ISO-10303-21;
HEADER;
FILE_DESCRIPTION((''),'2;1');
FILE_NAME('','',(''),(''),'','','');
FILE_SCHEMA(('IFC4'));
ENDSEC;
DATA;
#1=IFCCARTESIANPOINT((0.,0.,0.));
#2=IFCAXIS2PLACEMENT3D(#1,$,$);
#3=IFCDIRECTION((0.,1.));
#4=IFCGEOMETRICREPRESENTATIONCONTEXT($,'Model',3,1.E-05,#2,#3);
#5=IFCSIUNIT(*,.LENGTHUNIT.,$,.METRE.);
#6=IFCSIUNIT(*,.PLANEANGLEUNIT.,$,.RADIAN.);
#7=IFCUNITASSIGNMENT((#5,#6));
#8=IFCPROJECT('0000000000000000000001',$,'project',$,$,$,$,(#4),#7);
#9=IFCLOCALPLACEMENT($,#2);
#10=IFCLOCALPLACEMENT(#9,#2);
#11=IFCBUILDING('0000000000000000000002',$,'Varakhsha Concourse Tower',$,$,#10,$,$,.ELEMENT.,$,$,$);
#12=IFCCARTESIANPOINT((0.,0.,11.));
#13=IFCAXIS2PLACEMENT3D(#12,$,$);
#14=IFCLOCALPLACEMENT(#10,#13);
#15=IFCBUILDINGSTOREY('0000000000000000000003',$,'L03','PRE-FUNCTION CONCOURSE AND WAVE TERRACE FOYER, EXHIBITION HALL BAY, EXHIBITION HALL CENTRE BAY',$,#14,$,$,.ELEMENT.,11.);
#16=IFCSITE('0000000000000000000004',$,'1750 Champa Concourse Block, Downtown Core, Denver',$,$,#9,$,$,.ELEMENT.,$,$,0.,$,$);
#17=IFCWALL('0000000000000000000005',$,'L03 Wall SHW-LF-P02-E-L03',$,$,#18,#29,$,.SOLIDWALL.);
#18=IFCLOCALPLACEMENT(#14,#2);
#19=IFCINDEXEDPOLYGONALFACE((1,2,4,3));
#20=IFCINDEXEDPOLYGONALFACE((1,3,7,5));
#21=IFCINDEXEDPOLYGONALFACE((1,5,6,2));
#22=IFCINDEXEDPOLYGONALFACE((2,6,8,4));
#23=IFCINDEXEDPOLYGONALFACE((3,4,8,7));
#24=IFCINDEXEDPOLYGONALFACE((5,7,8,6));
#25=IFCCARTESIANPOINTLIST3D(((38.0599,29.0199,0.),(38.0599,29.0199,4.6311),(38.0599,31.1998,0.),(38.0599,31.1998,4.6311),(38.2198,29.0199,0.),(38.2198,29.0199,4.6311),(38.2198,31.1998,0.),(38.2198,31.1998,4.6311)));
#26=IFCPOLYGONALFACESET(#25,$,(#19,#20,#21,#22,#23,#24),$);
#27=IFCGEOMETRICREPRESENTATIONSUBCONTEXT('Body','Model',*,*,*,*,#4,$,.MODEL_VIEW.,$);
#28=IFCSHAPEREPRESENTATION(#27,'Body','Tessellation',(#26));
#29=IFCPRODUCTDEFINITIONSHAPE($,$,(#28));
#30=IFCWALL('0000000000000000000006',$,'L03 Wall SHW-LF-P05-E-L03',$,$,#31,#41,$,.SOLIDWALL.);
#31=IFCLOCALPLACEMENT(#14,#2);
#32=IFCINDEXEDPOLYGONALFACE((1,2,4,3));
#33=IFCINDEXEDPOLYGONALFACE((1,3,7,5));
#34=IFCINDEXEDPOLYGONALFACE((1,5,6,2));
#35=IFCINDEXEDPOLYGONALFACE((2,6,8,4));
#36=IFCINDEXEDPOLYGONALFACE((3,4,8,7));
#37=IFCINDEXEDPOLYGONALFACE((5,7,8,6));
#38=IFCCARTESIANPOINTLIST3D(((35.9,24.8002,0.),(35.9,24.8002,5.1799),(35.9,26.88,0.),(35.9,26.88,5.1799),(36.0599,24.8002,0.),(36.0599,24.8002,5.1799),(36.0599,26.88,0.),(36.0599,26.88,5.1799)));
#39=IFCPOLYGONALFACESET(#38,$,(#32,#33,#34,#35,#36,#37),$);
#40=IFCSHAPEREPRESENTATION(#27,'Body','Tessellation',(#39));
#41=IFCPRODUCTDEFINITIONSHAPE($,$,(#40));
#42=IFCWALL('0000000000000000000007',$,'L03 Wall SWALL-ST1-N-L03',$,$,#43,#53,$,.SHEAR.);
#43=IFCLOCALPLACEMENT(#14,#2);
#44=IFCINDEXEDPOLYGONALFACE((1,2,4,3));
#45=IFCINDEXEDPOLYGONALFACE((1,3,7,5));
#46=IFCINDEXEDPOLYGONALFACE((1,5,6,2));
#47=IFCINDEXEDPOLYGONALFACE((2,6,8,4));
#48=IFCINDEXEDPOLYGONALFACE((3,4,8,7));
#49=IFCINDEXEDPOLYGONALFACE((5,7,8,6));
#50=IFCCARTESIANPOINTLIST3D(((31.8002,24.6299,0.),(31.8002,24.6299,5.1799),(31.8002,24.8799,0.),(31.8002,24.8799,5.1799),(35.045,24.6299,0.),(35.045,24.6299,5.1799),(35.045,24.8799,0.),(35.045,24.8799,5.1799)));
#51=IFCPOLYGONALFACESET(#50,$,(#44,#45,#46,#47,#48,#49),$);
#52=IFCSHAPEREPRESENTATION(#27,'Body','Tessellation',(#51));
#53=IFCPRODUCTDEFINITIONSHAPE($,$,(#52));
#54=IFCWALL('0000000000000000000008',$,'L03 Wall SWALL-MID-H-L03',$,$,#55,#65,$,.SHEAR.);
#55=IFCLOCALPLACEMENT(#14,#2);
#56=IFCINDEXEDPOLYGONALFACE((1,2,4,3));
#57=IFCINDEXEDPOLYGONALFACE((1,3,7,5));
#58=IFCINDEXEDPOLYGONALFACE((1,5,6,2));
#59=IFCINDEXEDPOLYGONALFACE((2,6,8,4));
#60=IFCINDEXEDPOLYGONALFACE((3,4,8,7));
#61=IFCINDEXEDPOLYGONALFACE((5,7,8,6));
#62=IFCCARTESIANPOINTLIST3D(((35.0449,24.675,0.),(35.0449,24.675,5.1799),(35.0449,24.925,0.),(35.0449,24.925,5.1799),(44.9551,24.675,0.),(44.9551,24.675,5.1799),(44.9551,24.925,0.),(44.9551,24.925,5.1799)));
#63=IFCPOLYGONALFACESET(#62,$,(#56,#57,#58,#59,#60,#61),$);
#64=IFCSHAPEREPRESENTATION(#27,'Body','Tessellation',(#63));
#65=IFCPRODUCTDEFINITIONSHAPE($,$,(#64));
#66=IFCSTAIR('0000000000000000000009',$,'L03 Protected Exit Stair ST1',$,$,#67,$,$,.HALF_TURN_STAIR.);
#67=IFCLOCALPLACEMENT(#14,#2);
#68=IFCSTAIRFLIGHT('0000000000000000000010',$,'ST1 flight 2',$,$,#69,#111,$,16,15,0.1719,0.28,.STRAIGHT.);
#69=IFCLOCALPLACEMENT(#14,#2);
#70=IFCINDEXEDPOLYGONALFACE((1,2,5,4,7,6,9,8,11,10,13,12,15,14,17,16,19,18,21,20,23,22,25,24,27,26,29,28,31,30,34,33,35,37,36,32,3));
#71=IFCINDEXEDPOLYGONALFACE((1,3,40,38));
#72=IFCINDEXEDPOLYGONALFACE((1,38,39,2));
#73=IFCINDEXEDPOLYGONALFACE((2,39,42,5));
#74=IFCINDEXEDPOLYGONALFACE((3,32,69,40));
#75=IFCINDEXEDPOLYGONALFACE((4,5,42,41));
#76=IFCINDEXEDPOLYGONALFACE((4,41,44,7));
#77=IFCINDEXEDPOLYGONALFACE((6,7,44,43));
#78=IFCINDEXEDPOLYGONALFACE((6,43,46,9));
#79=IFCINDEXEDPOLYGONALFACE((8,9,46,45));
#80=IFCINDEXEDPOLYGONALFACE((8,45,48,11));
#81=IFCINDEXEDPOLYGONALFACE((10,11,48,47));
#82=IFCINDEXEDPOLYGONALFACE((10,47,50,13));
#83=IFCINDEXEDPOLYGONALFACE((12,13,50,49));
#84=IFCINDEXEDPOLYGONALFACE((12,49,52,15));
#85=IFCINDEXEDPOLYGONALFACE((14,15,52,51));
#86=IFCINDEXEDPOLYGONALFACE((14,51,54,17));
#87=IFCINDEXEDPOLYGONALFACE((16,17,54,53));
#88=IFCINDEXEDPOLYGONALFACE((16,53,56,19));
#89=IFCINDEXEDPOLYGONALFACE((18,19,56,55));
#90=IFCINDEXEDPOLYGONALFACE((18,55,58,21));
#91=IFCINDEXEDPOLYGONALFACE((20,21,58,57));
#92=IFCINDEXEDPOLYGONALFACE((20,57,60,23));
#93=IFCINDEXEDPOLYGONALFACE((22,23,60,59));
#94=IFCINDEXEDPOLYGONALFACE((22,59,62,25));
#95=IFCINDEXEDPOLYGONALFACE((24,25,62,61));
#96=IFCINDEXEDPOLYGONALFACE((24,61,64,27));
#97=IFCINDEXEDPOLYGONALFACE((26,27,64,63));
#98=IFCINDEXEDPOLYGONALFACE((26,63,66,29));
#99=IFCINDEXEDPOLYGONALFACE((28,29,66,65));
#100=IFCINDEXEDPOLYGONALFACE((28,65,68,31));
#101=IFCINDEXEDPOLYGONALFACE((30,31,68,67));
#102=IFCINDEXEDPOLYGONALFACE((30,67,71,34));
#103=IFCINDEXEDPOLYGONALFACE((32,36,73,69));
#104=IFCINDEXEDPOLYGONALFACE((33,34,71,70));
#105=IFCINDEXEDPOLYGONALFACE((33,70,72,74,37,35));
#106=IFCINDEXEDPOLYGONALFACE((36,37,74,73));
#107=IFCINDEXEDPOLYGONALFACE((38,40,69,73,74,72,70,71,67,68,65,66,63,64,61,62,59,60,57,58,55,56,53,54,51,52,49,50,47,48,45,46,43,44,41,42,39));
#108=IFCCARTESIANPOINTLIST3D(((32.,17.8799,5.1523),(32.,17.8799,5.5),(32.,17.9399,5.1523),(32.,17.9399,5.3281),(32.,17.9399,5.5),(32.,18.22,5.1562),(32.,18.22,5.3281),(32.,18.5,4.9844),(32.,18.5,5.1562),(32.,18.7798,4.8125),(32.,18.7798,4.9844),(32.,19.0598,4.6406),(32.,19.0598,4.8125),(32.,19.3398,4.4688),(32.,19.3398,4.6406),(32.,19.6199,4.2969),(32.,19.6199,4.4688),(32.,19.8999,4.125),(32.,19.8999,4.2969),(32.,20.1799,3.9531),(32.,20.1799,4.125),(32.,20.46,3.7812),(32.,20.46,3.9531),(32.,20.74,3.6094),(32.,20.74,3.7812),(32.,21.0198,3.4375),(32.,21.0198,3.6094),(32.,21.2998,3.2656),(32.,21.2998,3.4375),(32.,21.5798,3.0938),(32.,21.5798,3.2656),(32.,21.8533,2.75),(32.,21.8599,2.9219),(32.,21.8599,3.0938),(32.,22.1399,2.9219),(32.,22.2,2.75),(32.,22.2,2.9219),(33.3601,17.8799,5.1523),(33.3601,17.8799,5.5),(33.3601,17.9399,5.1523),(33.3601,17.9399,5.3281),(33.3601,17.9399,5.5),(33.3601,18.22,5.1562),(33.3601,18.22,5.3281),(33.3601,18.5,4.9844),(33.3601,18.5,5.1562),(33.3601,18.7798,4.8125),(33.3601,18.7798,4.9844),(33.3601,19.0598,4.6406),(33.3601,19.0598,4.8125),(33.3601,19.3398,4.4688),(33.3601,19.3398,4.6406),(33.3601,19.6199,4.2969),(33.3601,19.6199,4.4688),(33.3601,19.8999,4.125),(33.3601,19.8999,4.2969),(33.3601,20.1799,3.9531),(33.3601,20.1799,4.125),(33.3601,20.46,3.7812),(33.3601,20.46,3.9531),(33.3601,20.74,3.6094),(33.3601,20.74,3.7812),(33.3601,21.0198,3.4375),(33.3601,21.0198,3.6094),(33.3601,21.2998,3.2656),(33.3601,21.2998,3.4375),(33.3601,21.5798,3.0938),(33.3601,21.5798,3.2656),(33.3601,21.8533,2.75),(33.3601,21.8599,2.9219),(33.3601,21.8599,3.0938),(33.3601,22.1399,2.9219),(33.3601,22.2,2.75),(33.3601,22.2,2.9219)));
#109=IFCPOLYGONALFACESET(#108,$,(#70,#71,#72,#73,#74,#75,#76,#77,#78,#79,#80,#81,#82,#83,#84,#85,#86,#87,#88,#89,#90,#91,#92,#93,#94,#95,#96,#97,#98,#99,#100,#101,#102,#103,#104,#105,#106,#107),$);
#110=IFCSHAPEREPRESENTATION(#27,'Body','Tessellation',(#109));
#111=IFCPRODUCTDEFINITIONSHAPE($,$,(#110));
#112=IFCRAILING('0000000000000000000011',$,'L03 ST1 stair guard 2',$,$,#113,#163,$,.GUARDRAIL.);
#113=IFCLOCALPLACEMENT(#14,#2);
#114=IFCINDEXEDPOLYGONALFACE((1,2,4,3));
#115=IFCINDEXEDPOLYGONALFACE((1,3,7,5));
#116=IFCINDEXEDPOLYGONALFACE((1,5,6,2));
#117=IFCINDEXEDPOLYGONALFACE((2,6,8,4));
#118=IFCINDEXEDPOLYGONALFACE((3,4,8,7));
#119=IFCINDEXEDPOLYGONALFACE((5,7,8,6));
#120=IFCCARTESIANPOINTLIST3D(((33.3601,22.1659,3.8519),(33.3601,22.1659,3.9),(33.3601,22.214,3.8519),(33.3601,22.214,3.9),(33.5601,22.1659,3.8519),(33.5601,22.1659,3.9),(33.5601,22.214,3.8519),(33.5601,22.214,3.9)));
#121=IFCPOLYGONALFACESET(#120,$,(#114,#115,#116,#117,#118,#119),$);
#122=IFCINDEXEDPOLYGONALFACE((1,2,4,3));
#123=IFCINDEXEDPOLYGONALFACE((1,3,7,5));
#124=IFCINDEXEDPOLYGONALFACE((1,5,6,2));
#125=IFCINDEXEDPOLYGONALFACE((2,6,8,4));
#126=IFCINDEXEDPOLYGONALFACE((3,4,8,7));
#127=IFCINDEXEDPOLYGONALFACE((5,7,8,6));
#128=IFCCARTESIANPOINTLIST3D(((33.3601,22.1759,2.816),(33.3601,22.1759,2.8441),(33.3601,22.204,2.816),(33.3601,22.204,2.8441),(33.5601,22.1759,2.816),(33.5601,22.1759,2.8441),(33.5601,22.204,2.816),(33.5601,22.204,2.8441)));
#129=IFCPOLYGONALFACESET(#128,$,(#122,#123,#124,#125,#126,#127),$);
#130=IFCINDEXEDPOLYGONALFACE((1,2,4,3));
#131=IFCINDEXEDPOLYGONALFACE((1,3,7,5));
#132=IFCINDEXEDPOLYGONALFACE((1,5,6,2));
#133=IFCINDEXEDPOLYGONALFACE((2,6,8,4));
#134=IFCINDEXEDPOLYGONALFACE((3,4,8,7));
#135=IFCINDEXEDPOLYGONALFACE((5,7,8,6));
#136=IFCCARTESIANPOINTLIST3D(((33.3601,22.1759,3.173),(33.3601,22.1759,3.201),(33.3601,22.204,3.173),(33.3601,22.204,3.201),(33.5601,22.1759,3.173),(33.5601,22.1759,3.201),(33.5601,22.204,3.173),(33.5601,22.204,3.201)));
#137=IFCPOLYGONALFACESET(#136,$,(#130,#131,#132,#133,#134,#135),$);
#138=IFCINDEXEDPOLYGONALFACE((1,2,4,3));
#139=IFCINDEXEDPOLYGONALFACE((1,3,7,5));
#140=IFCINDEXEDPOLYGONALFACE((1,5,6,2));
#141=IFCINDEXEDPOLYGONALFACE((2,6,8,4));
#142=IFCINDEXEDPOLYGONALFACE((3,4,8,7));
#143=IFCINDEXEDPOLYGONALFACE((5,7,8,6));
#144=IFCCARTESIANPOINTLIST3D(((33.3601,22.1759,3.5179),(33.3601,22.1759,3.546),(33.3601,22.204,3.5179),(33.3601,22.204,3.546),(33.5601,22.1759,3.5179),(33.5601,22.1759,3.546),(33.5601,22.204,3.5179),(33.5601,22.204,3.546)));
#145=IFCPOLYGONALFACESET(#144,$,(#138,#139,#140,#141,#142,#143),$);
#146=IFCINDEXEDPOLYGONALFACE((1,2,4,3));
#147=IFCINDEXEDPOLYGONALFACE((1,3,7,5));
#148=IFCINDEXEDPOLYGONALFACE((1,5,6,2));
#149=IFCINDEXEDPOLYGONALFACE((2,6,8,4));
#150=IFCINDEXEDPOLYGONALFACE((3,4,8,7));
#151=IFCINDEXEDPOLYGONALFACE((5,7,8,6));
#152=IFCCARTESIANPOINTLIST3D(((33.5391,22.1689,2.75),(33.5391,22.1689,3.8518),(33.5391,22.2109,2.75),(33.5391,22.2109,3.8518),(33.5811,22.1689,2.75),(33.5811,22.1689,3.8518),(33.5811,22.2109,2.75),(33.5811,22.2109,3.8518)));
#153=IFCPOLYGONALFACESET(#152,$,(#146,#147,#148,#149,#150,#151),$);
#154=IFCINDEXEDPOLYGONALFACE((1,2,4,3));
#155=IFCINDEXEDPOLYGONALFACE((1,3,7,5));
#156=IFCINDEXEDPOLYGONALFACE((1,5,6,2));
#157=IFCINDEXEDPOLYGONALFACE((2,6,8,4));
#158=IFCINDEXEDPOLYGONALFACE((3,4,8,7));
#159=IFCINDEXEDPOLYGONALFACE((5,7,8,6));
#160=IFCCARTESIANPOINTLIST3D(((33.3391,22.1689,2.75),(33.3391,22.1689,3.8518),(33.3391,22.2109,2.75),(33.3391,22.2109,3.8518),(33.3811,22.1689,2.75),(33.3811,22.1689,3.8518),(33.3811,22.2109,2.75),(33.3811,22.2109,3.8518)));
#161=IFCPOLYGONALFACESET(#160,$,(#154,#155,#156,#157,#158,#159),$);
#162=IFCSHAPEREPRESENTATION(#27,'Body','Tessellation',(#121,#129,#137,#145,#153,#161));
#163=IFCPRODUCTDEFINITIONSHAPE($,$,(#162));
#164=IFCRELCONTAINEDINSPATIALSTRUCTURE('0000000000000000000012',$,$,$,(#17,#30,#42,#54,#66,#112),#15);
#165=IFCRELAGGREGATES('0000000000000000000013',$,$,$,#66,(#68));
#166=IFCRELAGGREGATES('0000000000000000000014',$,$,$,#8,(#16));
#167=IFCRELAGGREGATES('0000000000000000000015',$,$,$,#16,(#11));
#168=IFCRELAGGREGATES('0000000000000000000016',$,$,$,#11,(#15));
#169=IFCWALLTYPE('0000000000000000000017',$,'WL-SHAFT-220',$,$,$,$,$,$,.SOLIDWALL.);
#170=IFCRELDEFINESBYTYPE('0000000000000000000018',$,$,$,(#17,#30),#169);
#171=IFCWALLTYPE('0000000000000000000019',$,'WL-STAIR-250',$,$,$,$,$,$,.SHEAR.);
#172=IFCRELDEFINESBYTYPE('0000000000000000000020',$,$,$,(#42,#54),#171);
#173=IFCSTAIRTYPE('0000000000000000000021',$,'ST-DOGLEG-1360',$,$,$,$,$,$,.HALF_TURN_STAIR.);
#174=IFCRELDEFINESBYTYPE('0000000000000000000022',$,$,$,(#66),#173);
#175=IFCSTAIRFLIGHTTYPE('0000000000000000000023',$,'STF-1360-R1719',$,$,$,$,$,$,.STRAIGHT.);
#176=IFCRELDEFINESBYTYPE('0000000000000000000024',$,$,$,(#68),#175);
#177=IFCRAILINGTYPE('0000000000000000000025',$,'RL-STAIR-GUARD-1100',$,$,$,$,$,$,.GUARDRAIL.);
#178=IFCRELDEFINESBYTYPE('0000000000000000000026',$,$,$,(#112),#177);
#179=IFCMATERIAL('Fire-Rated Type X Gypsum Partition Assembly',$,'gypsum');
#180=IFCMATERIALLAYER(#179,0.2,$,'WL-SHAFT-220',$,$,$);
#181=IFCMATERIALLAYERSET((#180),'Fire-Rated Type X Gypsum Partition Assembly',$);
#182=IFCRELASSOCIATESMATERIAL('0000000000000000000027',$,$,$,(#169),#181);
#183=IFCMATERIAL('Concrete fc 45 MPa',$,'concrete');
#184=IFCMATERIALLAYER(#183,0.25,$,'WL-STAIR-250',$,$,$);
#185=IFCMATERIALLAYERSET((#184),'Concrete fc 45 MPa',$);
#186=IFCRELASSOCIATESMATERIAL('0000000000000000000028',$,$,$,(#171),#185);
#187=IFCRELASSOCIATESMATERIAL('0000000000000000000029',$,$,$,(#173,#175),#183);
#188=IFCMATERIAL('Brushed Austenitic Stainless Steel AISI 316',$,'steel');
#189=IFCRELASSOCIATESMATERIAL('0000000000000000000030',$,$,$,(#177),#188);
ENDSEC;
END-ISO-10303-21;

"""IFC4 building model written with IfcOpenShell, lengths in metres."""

from ifc_helpers import new_model, si_unit, direction, frame, frame_2d, origin, origin_2d, place, context, subcontext, project, spatial, polyline, rectangle, outline, extrude, material, layer, layer_set, type_object, element, aggregate, save


model = new_model("IFC4")

# Units and contexts
model_context = context("Model", 3, precision=1e-05, world=origin(), true_north=direction((0.0, 1.0)))
body_context = subcontext(model_context, "Body", "Model", "MODEL_VIEW")
ifc_project = project(units=[si_unit("LENGTHUNIT", "METRE"), si_unit("PLANEANGLEUNIT", "RADIAN")], contexts=[model_context])

# Site, building, storey
site_placement = place(None, origin())
site = spatial("IfcSite", under=ifc_project, at=site_placement, Name="1750 Champa Concourse Block, Downtown Core, Denver", CompositionType="ELEMENT", RefElevation=0.0)
building_placement = place(site_placement, origin())
building = spatial("IfcBuilding", under=site, at=building_placement, Name="Varakhsha Concourse Tower", CompositionType="ELEMENT")
storey_placement = place(building_placement, frame((0.0, 0.0, 11.0)))
storey = spatial("IfcBuildingStorey", under=building, at=storey_placement, Name="L03", Description="PRE-FUNCTION CONCOURSE AND WAVE TERRACE FOYER, EXHIBITION HALL BAY, EXHIBITION HALL CENTRE BAY", CompositionType="ELEMENT", Elevation=11.0)

# Shared definitions
ifc_material_1 = material(Name="Fire-Rated Type X Gypsum Partition Assembly", Category="gypsum")
ifc_layer_1 = layer(ifc_material_1, 0.2, Name="WL-SHAFT-220")
ifc_layer_set_1 = layer_set([ifc_layer_1], Name="Fire-Rated Type X Gypsum Partition Assembly")
wall_type_1 = type_object("IfcWallType", Name="WL-SHAFT-220", PredefinedType="SOLIDWALL", material=ifc_layer_set_1)
ifc_material_2 = material(Name="Brushed Austenitic Stainless Steel AISI 316", Category="steel")

# Walls
for number, where, z_axis, x_axis, name in (
    (1, (38.1399, 29.02, 0.0), (0.0, 0.0, 1.0), (0.0, 1.0, 0.0), "L03 Wall SHW-LF-P02-E-L03"),
):
    element("IfcWall", number, at=place(storey_placement, frame(where, z_axis=z_axis, x_axis=x_axis)), inside=storey, type_object=wall_type_1, Name=name, PredefinedType="SOLIDWALL", context=body_context, shape_type="SweptSolid", body=[
        extrude(rectangle(XDim=2.1799, YDim=0.1599, at=frame_2d((1.0898, 0.0))), origin(), (0.0, 0.0, 1.0), 4.6311),
    ])
wall_1_placement = place(storey_placement, frame((35.98, 24.8, 0.0), z_axis=(0.0, 0.0, 1.0), x_axis=(0.0, 1.0, 0.0)))
element("IfcWall", 2, at=wall_1_placement, inside=storey, type_object=wall_type_1, Name="L03 Wall SHW-LF-P05-E-L03", PredefinedType="SOLIDWALL", context=body_context, shape_type="SweptSolid", body=[
    extrude(rectangle(XDim=2.0798, YDim=0.1599, at=frame_2d((1.04, 0.0))), origin(), (0.0, 0.0, 1.0), 5.1799),
])
ifc_material_3 = material(Name="Concrete fc 45 MPa", Category="concrete")
ifc_layer_2 = layer(ifc_material_3, 0.25, Name="WL-STAIR-250")
ifc_layer_set_2 = layer_set([ifc_layer_2], Name="Concrete fc 45 MPa")
wall_type_2 = type_object("IfcWallType", Name="WL-STAIR-250", PredefinedType="SHEAR", material=ifc_layer_set_2)
wall_2_placement = place(storey_placement, frame((31.8, 24.7549, 0.0), z_axis=(0.0, 0.0, 1.0), x_axis=(1.0, 0.0, 0.0)))
element("IfcWall", 3, at=wall_2_placement, inside=storey, type_object=wall_type_2, Name="L03 Wall SWALL-ST1-N-L03", PredefinedType="SHEAR", context=body_context, shape_type="SweptSolid", body=[
    extrude(rectangle(XDim=3.2449, YDim=0.25, at=frame_2d((1.6226, 0.0))), origin(), (0.0, 0.0, 1.0), 5.1799),
])
wall_3_placement = place(storey_placement, frame((35.0449, 24.8, 0.0), z_axis=(0.0, 0.0, 1.0), x_axis=(1.0, 0.0, 0.0)))
element("IfcWall", 4, at=wall_3_placement, inside=storey, type_object=wall_type_2, Name="L03 Wall SWALL-MID-H-L03", PredefinedType="SHEAR", context=body_context, shape_type="SweptSolid", body=[
    extrude(rectangle(XDim=9.9102, YDim=0.25, at=frame_2d((4.9551, 0.0))), origin(), (0.0, 0.0, 1.0), 5.1799),
])

# Stair, stair flight
stair_type = type_object("IfcStairType", Name="ST-DOGLEG-1360", PredefinedType="HALF_TURN_STAIR", material=ifc_material_3)
stair_placement = place(storey_placement, origin())
stair = element("IfcStair", 5, at=stair_placement, inside=storey, type_object=stair_type, Name="L03 Protected Exit Stair ST1", PredefinedType="HALF_TURN_STAIR")
stair_flight_type = type_object("IfcStairFlightType", Name="STF-1360-R1719", PredefinedType="STRAIGHT", material=ifc_material_3)
stair_flight_placement = place(storey_placement, frame((32.6799, 22.1399, 2.75), z_axis=(0.0, 0.0, 1.0), x_axis=(0.0, -1.0, 0.0)))
stair_flight = element("IfcStairFlight", 6, at=stair_flight_placement, type_object=stair_flight_type, Name="ST1 flight 2", NumberOfRisers=16, NumberOfTreads=15, PredefinedType="STRAIGHT", RiserHeight=0.1719, TreadLength=0.28, context=body_context, shape_type="SweptSolid", body=[
    extrude(outline(polyline([(-0.0601, 0.0), (-0.0601, 0.1719), (0.0, 0.1719), (0.28, 0.1719), (0.28, 0.3438), (0.5601, 0.3438), (0.5601, 0.5156), (0.8401, 0.5156), (0.8401, 0.6875), (1.1201, 0.6875), (1.1201, 0.8594), (1.3999, 0.8594), (1.3999, 1.0312), (1.6799, 1.0312), (1.6799, 1.2031), (1.96, 1.2031), (1.96, 1.375), (2.24, 1.375), (2.24, 1.5469), (2.52, 1.5469), (2.52, 1.7188), (2.8, 1.7188), (2.8, 1.8906), (3.0801, 1.8906), (3.0801, 2.0625), (3.3601, 2.0625), (3.3601, 2.2344), (3.6399, 2.2344), (3.6399, 2.4062), (3.9199, 2.4062), (3.9199, 2.5781), (4.2, 2.5781), (4.2, 2.75), (4.26, 2.75), (4.26, 2.4023), (4.2, 2.4023), (0.2866, 0.0), (-0.0601, 0.0)])), frame((0.0, 0.6802, 0.0), z_axis=(0.0, -1.0, 0.0), x_axis=(1.0, 0.0, 0.0)), (0.0, 0.0, 1.0), 1.3601),
])
aggregate(stair, [stair_flight])

# Railing
railing_type_1 = type_object("IfcRailingType", Name="RL-STAIR-GUARD-1100", PredefinedType="GUARDRAIL", material=ifc_material_2)
railing_1_placement = place(storey_placement, frame((33.5601, 22.1899, 2.75)))
element("IfcRailing", 7, at=railing_1_placement, inside=storey, type_object=railing_type_1, Name="L03 ST1 stair guard 2", PredefinedType="GUARDRAIL", context=body_context, shape_type="SweptSolid", body=[
    extrude(rectangle(XDim=0.0481, YDim=0.0481, at=origin_2d()), frame((0.0, 0.0, 1.126), z_axis=(-1.0, 0.0, 0.0), x_axis=(0.0, -1.0, 0.0)), (0.0, 0.0, 1.0), 0.2),
    extrude(rectangle(XDim=0.0281, YDim=0.0281, at=origin_2d()), frame((0.0, 0.0, 0.0801), z_axis=(-1.0, 0.0, 0.0), x_axis=(0.0, -1.0, 0.0)), (0.0, 0.0, 1.0), 0.2),
    extrude(rectangle(XDim=0.0281, YDim=0.0281, at=origin_2d()), frame((0.0, 0.0, 0.437), z_axis=(-1.0, 0.0, 0.0), x_axis=(0.0, -1.0, 0.0)), (0.0, 0.0, 1.0), 0.2),
    extrude(rectangle(XDim=0.0281, YDim=0.0281, at=origin_2d()), frame((0.0, 0.0, 0.782), z_axis=(-1.0, 0.0, 0.0), x_axis=(0.0, -1.0, 0.0)), (0.0, 0.0, 1.0), 0.2),
    extrude(rectangle(XDim=0.042, YDim=0.042, at=origin_2d()), origin(), (0.0, 0.0, 1.0), 1.1018),
    extrude(rectangle(XDim=0.042, YDim=0.042, at=origin_2d()), frame((-0.2, 0.0, 0.0)), (0.0, 0.0, 1.0), 1.1018),
])

save(model, "model.ifc")
